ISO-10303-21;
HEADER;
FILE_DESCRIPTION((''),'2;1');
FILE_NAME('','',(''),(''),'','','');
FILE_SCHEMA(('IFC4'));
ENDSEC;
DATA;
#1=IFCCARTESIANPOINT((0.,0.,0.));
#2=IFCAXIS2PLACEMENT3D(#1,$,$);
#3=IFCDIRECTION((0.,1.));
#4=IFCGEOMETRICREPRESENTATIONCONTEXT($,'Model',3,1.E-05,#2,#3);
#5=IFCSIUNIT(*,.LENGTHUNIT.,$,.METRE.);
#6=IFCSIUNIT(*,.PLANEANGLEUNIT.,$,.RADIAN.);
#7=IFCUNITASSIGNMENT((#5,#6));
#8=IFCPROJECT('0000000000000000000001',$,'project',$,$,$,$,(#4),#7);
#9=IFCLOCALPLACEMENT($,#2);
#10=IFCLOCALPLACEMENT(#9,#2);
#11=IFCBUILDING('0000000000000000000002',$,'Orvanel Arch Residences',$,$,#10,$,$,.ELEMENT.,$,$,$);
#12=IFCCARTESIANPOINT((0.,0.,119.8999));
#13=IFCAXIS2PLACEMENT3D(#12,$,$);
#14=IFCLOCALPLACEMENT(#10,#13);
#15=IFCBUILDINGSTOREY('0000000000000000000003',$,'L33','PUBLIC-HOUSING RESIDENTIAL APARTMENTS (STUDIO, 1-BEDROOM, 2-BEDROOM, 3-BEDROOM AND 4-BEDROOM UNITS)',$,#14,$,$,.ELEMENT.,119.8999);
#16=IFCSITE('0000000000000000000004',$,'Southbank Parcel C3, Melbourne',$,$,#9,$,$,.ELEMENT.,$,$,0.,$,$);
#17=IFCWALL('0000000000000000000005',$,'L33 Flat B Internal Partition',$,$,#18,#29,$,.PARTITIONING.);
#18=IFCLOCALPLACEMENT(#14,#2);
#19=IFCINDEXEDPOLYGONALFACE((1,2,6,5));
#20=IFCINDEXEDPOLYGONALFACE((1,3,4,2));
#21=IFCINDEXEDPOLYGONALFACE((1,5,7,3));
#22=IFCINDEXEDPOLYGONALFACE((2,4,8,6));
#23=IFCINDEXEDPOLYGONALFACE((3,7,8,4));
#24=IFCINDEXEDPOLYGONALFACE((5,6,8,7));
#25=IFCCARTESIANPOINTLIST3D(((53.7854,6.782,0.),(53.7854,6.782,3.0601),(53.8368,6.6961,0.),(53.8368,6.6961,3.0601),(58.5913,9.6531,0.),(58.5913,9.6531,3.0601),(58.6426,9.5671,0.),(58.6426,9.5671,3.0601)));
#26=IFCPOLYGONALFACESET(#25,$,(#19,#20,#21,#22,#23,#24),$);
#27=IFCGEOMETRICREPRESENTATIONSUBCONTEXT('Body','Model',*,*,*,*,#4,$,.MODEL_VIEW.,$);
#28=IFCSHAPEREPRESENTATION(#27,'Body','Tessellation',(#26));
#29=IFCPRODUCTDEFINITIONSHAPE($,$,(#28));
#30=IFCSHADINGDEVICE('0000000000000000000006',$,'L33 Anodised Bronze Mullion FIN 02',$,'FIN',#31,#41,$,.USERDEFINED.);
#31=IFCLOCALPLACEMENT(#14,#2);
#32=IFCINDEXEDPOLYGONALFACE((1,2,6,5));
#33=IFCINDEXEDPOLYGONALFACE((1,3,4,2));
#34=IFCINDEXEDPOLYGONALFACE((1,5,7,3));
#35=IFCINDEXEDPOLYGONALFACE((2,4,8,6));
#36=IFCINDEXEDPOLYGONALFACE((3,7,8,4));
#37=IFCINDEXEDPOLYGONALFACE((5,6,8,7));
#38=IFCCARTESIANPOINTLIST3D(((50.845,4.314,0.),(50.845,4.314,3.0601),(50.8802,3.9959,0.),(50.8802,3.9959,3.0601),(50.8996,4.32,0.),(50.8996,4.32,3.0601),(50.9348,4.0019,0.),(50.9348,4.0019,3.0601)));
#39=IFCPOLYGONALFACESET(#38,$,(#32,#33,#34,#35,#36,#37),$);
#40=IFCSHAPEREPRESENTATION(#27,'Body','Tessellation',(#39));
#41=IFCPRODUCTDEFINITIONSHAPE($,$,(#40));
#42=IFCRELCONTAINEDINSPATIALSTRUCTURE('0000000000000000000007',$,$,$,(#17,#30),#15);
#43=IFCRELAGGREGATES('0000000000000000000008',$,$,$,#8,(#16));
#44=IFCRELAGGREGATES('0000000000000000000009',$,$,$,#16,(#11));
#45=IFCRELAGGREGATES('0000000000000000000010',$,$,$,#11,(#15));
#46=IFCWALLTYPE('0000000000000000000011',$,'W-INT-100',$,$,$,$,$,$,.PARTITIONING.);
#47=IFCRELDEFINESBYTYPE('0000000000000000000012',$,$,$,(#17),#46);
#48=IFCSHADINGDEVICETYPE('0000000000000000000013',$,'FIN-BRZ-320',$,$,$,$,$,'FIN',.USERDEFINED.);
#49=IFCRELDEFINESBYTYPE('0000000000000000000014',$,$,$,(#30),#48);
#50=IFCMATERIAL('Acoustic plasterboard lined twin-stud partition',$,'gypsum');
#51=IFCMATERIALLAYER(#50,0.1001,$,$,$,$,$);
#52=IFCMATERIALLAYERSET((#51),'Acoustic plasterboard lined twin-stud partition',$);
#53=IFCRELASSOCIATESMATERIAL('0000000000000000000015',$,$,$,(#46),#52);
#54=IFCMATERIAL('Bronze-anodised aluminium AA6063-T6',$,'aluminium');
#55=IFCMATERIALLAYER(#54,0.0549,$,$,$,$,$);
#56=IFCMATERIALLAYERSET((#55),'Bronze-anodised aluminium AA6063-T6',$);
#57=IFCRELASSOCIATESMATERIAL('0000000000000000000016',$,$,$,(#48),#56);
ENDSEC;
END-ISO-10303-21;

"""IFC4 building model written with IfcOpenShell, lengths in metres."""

from ifc_helpers import new_model, si_unit, direction, frame, frame_2d, origin, origin_2d, place, context, subcontext, project, spatial, rectangle, extrude, material, layer, layer_set, type_object, element, save


model = new_model("IFC4")

# Units and contexts
model_context = context("Model", 3, precision=1e-05, world=origin(), true_north=direction((0.0, 1.0)))
body_context = subcontext(model_context, "Body", "Model", "MODEL_VIEW")
ifc_project = project(units=[si_unit("LENGTHUNIT", "METRE"), si_unit("PLANEANGLEUNIT", "RADIAN")], contexts=[model_context])

# Site, building, storey
site_placement = place(None, origin())
site = spatial("IfcSite", under=ifc_project, at=site_placement, Name="Southbank Parcel C3, Melbourne", CompositionType="ELEMENT", RefElevation=0.0)
building_placement = place(site_placement, origin())
building = spatial("IfcBuilding", under=site, at=building_placement, Name="Orvanel Arch Residences", CompositionType="ELEMENT")
storey_placement = place(building_placement, frame((0.0, 0.0, 119.8999)))
storey = spatial("IfcBuildingStorey", under=building, at=storey_placement, Name="L33", Description="PUBLIC-HOUSING RESIDENTIAL APARTMENTS (STUDIO, 1-BEDROOM, 2-BEDROOM, 3-BEDROOM AND 4-BEDROOM UNITS)", CompositionType="ELEMENT", Elevation=119.8999)

# Shared definitions
ifc_material_1 = material(Name="Bronze-anodised aluminium AA6063-T6", Category="aluminium")

# Shared definitions
ifc_material_2 = material(Name="Acoustic plasterboard lined twin-stud partition", Category="gypsum")
ifc_layer_1 = layer(ifc_material_2, 0.1001)
ifc_layer_set_1 = layer_set([ifc_layer_1], Name="Acoustic plasterboard lined twin-stud partition")
wall_type = type_object("IfcWallType", Name="W-INT-100", PredefinedType="PARTITIONING", material=ifc_layer_set_1)

# Wall
wall_1_placement = place(storey_placement, frame((58.6169, 9.6101, 0.0), z_axis=(0.0, 0.0, 1.0), x_axis=(-0.858473, -0.512859, 0.0)))
element("IfcWall", 1, at=wall_1_placement, inside=storey, type_object=wall_type, Name="L33 Flat B Internal Partition", PredefinedType="PARTITIONING", context=body_context, shape_type="SweptSolid", body=[
    extrude(rectangle(XDim=5.5981, YDim=0.1001, at=frame_2d((2.7991, 0.0))), origin(), (0.0, 0.0, 1.0), 3.0601),
])

# Shading device
ifc_layer_2 = layer(ifc_material_1, 0.0549)
ifc_layer_set_2 = layer_set([ifc_layer_2], Name="Bronze-anodised aluminium AA6063-T6")
shading_device_type = type_object("IfcShadingDeviceType", Name="FIN-BRZ-320", ElementType="FIN", PredefinedType="USERDEFINED", material=ifc_layer_set_2)
shading_device_placement = place(storey_placement, frame((50.8899, 4.158, 0.0), z_axis=(0.0, 0.0, 1.0), x_axis=(0.109734, -0.993961, 0.0)))
element("IfcShadingDevice", 2, at=shading_device_placement, inside=storey, type_object=shading_device_type, Name="L33 Anodised Bronze Mullion FIN 02", ObjectType="FIN", PredefinedType="USERDEFINED", context=body_context, shape_type="SweptSolid", body=[
    extrude(rectangle(XDim=0.3201, YDim=0.0549, at=origin_2d()), origin(), (0.0, 0.0, 1.0), 3.0601),
])

save(model, "model.ifc")
